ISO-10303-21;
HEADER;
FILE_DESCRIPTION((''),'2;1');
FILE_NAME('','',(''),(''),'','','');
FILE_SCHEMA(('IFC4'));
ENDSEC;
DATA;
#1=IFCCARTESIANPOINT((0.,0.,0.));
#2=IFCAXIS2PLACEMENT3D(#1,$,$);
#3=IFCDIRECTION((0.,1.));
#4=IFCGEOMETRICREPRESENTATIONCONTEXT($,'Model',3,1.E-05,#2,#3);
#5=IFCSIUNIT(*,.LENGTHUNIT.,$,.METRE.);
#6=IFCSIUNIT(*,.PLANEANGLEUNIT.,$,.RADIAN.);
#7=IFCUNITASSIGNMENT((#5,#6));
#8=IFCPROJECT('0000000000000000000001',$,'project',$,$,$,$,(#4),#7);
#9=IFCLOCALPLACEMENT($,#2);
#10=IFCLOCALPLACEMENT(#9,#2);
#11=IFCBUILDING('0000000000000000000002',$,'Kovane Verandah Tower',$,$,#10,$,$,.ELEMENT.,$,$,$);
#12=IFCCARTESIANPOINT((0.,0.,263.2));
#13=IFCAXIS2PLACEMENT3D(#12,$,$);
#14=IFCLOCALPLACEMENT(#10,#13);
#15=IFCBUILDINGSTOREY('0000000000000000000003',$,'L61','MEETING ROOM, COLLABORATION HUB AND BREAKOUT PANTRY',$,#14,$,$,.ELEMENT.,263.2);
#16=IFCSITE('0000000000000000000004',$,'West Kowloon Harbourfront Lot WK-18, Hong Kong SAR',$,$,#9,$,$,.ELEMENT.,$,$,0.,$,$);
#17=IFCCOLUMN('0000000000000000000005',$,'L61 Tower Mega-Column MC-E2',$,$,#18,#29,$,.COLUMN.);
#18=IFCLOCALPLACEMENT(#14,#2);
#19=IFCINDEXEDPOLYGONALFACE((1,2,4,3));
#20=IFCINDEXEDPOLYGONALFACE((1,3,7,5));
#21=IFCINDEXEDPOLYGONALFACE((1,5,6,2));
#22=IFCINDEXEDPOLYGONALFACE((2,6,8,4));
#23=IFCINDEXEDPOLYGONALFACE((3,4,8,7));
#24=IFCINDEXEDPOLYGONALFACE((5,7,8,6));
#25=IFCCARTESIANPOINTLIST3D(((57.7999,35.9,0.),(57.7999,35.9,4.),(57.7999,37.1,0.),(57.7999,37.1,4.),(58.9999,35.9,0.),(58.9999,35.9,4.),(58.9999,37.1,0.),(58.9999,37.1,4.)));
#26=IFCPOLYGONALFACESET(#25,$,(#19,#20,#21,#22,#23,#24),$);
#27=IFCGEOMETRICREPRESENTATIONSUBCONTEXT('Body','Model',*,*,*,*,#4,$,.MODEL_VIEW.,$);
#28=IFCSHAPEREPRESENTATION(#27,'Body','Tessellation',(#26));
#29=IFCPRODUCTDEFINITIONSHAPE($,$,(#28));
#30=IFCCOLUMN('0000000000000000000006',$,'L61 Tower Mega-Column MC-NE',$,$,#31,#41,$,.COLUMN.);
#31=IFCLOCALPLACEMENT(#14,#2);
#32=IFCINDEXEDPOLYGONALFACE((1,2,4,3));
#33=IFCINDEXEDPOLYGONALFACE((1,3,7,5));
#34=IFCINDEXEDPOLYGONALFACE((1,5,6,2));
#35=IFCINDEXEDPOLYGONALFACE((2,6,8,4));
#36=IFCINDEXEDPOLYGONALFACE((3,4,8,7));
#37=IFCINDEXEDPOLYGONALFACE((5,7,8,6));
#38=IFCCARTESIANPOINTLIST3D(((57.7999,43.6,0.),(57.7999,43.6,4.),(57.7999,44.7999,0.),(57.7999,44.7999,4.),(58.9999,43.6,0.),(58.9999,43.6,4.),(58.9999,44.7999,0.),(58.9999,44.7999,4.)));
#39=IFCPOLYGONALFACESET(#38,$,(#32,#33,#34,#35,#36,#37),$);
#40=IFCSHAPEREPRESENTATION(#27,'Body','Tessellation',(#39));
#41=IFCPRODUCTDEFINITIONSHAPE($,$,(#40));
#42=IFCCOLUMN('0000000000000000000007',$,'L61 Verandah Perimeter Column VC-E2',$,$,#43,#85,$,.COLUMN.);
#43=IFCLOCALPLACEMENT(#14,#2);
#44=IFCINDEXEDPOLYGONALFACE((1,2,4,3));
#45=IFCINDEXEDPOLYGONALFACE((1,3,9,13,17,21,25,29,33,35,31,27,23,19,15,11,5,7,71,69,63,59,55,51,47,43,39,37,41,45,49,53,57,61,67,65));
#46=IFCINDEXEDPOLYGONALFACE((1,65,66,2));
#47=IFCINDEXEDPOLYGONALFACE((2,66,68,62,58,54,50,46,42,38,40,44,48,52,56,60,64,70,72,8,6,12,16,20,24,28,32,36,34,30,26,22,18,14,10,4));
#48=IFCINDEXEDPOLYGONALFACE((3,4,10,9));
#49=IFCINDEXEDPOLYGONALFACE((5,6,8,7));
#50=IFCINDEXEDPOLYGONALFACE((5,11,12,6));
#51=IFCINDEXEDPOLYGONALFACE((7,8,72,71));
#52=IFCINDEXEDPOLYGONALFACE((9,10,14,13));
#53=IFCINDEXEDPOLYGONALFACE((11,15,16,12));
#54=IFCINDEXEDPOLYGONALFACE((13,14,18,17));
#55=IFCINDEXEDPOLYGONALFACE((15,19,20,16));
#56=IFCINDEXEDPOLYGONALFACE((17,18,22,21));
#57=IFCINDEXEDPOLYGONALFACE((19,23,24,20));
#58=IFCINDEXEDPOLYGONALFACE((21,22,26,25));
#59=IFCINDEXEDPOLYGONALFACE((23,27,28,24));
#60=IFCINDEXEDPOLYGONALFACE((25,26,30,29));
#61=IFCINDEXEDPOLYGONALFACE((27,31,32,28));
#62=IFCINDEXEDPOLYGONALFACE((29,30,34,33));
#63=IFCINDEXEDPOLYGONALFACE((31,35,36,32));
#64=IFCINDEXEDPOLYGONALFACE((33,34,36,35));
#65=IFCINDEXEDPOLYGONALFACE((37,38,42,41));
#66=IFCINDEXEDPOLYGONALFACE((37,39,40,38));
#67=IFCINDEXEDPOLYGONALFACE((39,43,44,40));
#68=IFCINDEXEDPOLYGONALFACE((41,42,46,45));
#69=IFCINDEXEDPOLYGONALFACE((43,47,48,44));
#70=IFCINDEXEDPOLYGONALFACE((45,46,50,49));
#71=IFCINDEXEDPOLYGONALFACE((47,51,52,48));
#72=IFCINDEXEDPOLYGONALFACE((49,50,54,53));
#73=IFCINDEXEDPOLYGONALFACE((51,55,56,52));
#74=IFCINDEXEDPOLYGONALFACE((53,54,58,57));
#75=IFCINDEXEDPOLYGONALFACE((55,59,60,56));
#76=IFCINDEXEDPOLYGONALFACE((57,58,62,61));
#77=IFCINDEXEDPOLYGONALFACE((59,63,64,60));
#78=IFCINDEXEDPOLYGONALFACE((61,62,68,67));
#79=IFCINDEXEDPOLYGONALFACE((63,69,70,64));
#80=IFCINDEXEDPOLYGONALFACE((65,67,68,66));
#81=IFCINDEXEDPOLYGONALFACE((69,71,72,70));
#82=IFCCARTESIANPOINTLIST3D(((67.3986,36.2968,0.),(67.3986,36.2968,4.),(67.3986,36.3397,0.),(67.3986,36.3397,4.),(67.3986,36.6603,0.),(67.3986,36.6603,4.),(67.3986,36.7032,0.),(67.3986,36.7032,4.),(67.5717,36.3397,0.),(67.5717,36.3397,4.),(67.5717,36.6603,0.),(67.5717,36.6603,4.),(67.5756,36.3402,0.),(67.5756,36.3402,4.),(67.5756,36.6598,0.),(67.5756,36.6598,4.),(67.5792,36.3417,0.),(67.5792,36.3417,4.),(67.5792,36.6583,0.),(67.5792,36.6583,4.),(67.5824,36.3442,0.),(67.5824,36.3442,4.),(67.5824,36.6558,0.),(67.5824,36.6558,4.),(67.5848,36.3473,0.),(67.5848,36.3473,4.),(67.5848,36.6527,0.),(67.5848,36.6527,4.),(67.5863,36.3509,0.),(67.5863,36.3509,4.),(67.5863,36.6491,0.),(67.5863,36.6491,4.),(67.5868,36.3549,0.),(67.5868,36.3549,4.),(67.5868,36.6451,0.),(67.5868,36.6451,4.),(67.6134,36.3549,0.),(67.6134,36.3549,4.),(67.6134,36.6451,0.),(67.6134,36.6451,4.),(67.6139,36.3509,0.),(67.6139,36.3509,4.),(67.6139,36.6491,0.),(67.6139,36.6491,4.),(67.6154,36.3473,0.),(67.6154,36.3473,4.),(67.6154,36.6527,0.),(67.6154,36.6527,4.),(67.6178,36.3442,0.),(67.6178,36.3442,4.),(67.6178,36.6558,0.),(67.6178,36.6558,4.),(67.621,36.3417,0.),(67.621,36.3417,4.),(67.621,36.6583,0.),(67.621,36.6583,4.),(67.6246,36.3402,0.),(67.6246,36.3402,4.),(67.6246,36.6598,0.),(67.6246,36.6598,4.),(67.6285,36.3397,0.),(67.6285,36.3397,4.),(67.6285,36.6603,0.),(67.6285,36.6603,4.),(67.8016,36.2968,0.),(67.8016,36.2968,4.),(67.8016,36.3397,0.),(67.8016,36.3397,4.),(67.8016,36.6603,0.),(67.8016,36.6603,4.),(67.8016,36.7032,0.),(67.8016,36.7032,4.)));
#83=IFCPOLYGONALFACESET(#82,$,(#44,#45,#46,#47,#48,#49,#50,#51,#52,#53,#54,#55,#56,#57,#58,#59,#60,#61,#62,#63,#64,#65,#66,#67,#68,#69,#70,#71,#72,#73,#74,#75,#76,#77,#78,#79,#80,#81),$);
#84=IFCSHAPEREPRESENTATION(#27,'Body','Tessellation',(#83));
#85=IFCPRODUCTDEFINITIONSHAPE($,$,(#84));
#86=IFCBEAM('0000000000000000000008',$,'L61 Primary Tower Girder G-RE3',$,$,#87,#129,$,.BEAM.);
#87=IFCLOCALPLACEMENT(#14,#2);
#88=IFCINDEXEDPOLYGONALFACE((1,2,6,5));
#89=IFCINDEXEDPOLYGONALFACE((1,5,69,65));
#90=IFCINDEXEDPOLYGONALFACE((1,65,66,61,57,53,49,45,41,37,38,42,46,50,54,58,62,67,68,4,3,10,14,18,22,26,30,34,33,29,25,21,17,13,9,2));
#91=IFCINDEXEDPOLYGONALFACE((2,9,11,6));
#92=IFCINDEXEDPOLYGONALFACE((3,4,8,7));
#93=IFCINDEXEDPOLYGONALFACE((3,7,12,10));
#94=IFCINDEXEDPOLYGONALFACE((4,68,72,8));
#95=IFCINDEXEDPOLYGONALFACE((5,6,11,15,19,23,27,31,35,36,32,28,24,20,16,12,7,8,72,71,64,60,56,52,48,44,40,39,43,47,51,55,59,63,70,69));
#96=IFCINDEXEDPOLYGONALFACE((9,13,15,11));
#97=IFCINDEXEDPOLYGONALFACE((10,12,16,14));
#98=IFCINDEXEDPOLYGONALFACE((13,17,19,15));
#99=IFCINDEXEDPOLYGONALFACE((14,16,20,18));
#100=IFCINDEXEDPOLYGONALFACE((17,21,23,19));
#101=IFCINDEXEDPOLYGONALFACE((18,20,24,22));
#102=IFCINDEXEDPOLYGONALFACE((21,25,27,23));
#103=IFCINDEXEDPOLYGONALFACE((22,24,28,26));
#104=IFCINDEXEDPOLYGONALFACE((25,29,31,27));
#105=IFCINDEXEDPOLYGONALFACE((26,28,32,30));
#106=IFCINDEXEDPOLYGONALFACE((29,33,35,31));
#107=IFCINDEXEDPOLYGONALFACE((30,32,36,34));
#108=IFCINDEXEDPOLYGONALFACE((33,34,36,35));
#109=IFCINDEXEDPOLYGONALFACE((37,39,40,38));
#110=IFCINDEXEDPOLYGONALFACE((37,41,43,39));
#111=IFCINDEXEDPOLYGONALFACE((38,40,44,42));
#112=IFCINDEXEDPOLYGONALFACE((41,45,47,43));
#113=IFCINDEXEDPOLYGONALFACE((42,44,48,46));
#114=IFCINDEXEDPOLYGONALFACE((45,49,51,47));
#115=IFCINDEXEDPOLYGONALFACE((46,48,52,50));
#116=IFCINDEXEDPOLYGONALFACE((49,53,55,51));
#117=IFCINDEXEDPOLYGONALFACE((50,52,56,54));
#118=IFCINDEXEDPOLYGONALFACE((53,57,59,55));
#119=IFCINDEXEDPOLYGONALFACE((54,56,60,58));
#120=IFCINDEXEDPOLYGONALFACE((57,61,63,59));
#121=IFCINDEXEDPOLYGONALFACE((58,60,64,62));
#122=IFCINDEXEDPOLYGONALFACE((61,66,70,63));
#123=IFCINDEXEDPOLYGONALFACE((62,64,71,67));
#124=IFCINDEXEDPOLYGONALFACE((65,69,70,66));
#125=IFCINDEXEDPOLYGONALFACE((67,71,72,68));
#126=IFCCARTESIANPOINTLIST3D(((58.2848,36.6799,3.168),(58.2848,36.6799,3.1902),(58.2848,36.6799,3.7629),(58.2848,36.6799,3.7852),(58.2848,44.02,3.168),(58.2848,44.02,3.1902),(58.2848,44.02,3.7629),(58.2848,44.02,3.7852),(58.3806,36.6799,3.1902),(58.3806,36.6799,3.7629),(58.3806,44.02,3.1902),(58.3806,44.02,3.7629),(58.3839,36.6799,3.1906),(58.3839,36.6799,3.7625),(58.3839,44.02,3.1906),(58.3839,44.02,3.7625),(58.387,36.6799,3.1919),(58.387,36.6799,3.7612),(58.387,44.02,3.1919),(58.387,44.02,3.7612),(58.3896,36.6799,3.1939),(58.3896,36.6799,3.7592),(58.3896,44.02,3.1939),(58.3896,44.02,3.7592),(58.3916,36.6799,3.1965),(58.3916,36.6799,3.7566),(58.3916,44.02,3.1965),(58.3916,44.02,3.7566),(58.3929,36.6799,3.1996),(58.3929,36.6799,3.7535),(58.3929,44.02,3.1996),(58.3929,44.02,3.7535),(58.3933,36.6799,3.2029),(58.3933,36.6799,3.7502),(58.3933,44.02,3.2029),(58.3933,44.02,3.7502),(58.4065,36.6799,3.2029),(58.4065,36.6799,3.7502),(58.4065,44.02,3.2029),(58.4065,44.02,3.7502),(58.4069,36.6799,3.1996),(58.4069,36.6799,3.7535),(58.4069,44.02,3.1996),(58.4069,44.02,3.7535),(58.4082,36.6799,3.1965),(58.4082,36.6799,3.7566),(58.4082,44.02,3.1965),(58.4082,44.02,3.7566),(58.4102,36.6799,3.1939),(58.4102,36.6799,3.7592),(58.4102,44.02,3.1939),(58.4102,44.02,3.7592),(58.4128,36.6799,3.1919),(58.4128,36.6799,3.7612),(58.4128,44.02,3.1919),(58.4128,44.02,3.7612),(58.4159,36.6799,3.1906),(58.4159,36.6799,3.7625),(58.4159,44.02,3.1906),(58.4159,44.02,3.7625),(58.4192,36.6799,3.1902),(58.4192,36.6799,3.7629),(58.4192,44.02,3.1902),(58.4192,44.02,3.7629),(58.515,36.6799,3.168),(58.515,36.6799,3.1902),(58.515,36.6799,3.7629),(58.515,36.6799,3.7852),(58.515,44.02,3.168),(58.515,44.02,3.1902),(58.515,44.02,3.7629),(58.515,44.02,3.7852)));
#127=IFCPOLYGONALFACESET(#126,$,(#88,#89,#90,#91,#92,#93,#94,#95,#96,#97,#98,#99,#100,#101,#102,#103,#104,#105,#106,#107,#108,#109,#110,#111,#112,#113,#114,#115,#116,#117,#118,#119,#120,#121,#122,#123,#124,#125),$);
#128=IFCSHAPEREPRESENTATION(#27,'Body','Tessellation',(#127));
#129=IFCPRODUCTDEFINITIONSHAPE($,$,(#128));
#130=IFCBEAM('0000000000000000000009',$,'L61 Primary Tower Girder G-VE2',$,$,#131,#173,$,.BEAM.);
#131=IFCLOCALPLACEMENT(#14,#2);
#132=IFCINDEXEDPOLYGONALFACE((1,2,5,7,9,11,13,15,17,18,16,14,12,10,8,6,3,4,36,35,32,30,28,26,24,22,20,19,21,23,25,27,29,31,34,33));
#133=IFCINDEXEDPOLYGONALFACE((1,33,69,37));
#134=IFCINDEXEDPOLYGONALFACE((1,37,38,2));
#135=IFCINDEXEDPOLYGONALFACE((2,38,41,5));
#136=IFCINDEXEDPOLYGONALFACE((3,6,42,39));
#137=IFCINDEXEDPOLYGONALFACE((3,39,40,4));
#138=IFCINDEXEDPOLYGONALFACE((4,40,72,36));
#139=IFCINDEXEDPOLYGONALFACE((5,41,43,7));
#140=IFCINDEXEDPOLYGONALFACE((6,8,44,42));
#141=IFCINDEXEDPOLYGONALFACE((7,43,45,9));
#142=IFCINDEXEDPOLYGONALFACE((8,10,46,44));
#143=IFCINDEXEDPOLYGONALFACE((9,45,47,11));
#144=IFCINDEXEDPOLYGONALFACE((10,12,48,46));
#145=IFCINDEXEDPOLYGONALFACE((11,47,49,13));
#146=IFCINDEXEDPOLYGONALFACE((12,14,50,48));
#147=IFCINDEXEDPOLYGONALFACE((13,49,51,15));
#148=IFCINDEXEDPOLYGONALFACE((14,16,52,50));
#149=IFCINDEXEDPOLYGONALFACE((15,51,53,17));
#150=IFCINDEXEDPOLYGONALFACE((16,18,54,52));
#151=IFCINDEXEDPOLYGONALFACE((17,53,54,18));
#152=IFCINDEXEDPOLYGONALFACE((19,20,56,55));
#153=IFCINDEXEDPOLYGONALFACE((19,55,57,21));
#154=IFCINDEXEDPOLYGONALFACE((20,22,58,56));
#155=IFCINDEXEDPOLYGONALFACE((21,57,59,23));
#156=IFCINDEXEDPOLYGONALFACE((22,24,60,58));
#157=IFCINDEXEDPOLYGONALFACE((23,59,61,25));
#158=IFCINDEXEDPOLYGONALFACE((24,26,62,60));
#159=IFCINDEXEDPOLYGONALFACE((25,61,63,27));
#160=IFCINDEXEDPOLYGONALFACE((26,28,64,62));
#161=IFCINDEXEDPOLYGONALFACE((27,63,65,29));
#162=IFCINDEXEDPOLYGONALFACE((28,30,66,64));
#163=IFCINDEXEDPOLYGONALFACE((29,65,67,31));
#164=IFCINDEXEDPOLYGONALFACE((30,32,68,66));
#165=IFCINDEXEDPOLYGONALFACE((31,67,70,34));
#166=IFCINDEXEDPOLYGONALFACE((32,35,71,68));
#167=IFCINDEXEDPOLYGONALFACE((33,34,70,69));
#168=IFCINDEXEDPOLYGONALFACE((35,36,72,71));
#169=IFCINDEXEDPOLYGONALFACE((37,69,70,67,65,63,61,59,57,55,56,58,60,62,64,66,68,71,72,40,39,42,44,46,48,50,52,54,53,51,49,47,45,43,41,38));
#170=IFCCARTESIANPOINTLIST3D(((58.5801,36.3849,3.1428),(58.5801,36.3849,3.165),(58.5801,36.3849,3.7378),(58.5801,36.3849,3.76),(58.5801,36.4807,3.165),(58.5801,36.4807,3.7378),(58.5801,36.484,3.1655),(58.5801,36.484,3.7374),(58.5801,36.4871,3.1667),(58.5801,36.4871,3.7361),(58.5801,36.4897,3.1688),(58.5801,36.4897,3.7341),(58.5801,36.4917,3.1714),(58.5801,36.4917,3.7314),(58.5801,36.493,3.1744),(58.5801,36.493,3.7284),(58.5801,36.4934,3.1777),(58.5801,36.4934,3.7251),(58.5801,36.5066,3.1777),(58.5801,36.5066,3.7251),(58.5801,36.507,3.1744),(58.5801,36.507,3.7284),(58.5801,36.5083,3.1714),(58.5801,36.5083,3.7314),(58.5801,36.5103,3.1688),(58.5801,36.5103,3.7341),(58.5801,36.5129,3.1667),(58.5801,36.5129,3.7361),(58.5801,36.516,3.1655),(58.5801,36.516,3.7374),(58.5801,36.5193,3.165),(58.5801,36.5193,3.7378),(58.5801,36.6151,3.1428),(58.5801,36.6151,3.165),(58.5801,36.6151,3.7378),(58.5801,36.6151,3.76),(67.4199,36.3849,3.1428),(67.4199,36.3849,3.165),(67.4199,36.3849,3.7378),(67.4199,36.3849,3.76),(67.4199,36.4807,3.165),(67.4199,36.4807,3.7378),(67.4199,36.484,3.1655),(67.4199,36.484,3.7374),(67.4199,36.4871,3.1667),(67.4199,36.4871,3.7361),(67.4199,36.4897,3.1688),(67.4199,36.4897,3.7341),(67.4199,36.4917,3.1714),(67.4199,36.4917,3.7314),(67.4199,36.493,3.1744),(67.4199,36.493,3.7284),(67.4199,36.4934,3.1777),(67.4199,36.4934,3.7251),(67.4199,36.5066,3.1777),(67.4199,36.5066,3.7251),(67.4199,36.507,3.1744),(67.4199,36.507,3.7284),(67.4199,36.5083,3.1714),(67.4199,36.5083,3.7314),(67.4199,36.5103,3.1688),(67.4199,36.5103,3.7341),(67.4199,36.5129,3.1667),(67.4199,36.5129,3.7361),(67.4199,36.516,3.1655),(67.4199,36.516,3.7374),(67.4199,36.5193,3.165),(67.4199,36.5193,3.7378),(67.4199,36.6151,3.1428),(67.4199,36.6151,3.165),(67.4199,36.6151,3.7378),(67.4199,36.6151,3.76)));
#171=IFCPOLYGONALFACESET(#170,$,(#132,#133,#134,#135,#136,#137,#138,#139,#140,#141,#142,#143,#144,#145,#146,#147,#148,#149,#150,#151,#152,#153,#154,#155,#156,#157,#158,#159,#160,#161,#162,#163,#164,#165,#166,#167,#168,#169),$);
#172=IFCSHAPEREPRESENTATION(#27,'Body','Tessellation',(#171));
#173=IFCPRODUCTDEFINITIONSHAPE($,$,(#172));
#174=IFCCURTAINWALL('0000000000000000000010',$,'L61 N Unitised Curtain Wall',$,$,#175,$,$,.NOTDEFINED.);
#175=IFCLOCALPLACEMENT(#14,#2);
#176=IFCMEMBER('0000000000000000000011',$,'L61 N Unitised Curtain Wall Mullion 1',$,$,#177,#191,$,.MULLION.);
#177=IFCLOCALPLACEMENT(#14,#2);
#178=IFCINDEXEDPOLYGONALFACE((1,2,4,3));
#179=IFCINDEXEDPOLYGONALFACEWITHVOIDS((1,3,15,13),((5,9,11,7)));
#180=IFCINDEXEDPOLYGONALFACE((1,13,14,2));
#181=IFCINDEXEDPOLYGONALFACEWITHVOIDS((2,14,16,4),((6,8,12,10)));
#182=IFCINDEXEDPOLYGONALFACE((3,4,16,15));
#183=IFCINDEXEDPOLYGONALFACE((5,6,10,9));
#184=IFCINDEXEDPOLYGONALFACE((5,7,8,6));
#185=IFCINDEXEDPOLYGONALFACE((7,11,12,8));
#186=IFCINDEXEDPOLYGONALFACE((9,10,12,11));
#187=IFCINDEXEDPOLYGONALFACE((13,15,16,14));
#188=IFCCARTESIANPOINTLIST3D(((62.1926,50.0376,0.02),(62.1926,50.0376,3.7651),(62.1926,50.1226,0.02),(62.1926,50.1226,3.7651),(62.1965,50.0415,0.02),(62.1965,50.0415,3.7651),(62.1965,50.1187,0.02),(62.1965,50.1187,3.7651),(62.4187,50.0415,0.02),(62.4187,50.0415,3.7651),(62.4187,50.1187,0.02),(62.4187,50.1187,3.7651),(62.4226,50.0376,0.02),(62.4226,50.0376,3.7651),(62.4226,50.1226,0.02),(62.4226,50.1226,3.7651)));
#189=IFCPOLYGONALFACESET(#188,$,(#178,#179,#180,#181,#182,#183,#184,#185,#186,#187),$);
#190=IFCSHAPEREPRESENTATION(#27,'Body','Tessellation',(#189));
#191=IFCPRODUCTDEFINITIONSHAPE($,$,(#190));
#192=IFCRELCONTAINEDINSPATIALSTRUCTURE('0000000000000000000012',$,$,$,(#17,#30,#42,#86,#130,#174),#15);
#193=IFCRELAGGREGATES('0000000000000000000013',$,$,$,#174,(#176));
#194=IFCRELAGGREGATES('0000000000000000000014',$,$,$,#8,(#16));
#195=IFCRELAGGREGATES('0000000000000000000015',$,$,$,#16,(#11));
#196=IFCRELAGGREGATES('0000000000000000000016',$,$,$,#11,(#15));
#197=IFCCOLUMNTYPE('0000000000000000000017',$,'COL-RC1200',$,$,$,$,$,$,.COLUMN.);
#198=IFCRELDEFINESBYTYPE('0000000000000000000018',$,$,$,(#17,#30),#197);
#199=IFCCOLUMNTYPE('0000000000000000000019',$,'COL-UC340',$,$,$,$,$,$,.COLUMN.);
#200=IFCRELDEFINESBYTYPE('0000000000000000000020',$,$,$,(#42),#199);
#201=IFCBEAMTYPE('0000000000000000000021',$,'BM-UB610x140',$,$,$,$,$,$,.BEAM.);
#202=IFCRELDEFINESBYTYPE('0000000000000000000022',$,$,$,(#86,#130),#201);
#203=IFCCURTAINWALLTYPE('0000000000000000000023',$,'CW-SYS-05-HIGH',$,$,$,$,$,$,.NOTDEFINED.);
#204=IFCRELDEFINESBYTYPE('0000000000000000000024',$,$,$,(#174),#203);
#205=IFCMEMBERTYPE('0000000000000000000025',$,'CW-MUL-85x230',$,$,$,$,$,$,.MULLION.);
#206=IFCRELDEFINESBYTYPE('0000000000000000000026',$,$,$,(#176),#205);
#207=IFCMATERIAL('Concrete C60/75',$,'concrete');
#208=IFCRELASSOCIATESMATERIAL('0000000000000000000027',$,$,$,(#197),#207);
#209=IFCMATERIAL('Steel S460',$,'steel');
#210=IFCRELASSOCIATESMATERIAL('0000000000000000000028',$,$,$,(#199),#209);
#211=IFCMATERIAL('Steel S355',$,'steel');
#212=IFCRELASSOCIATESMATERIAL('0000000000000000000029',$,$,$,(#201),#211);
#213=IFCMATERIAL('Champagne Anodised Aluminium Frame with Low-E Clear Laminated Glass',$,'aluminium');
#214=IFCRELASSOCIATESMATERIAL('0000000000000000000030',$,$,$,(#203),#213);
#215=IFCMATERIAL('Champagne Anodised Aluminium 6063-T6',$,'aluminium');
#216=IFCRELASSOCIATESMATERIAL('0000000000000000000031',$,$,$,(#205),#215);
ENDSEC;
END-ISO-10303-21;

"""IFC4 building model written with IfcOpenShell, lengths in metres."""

from ifc_helpers import new_model, si_unit, direction, frame, origin, origin_2d, place, context, subcontext, project, spatial, rectangle, hollow_rectangle, i_section, extrude, material, material_profile, profile_set, type_object, element, aggregate, save


model = new_model("IFC4")

# Units and contexts
model_context = context("Model", 3, precision=1e-05, world=origin(), true_north=direction((0.0, 1.0)))
body_context = subcontext(model_context, "Body", "Model", "MODEL_VIEW")
ifc_project = project(units=[si_unit("LENGTHUNIT", "METRE"), si_unit("PLANEANGLEUNIT", "RADIAN")], contexts=[model_context])

# Site, building, storey
site_placement = place(None, origin())
site = spatial("IfcSite", under=ifc_project, at=site_placement, Name="West Kowloon Harbourfront Lot WK-18, Hong Kong SAR", CompositionType="ELEMENT", RefElevation=0.0)
building_placement = place(site_placement, origin())
building = spatial("IfcBuilding", under=site, at=building_placement, Name="Kovane Verandah Tower", CompositionType="ELEMENT")
storey_placement = place(building_placement, frame((0.0, 0.0, 263.2)))
storey = spatial("IfcBuildingStorey", under=building, at=storey_placement, Name="L61", Description="MEETING ROOM, COLLABORATION HUB AND BREAKOUT PANTRY", CompositionType="ELEMENT", Elevation=263.2)

# Columns
ifc_material_1 = material(Name="Concrete C60/75", Category="concrete")
ifc_material_profile_1 = material_profile(ifc_material_1, rectangle(XDim=1.2, YDim=1.2, at=origin_2d()), Name="RC1200x1200")
ifc_profile_set_1 = profile_set([ifc_material_profile_1], Name="Concrete C60/75")
column_type_1 = type_object("IfcColumnType", Name="COL-RC1200", PredefinedType="COLUMN", material=ifc_profile_set_1)
for number, where, z_axis, x_axis, name in (
    (1, (58.3999, 36.5, 0.0), (0.0, 0.0, 1.0), (1.0, 0.0, 0.0), "L61 Tower Mega-Column MC-E2"),
    (2, (58.3999, 44.2, 0.0), (0.0, 0.0, 1.0), (1.0, 0.0, 0.0), "L61 Tower Mega-Column MC-NE"),
):
    element("IfcColumn", number, at=place(storey_placement, frame(where, z_axis=z_axis, x_axis=x_axis)), inside=storey, type_object=column_type_1, Name=name, PredefinedType="COLUMN", context=body_context, shape_type="SweptSolid", body=[
        extrude(rectangle(XDim=1.2, YDim=1.2, at=origin_2d()), origin(), (0.0, 0.0, 1.0), 4.0),
    ])
ifc_material_2 = material(Name="Steel S460", Category="steel")
ifc_material_profile_2 = material_profile(ifc_material_2, i_section(OverallWidth=0.4031, OverallDepth=0.4065, WebThickness=0.0266, FlangeThickness=0.043, FilletRadius=0.0151, at=origin_2d()), Name="UC356x406x340")
ifc_profile_set_2 = profile_set([ifc_material_profile_2], Name="Steel S460")
column_type_2 = type_object("IfcColumnType", Name="COL-UC340", PredefinedType="COLUMN", material=ifc_profile_set_2)
column_placement = place(storey_placement, frame((67.6001, 36.5, 0.0), z_axis=(0.0, 0.0, 1.0), x_axis=(1.0, 0.0, 0.0)))
element("IfcColumn", 3, at=column_placement, inside=storey, type_object=column_type_2, Name="L61 Verandah Perimeter Column VC-E2", PredefinedType="COLUMN", context=body_context, shape_type="SweptSolid", body=[
    extrude(i_section(OverallWidth=0.4031, OverallDepth=0.4065, WebThickness=0.0266, FlangeThickness=0.043, FilletRadius=0.0151, at=origin_2d()), origin(), (0.0, 0.0, 1.0), 4.0),
])

# Beams
ifc_material_3 = material(Name="Steel S355", Category="steel")
ifc_material_profile_3 = material_profile(ifc_material_3, i_section(OverallWidth=0.2302, OverallDepth=0.6172, WebThickness=0.0132, FlangeThickness=0.0222, FilletRadius=0.0127, at=origin_2d()), Name="UB610x229x140")
ifc_profile_set_3 = profile_set([ifc_material_profile_3], Name="Steel S355")
beam_type_1 = type_object("IfcBeamType", Name="BM-UB610x140", PredefinedType="BEAM", material=ifc_profile_set_3)
beam_1_placement = place(storey_placement, frame((58.3999, 36.6799, 3.4766), z_axis=(0.0, 1.0, 0.0), x_axis=(-1.0, 0.0, 0.0)))
element("IfcBeam", 4, at=beam_1_placement, inside=storey, type_object=beam_type_1, Name="L61 Primary Tower Girder G-RE3", PredefinedType="BEAM", context=body_context, shape_type="SweptSolid", body=[
    extrude(i_section(OverallWidth=0.2302, OverallDepth=0.6172, WebThickness=0.0132, FlangeThickness=0.0222, FilletRadius=0.0127, at=origin_2d()), origin(), (0.0, 0.0, 1.0), 7.3401),
])
beam_2_placement = place(storey_placement, frame((58.5801, 36.5, 3.4514), z_axis=(1.0, 0.0, 0.0), x_axis=(0.0, 1.0, 0.0)))
element("IfcBeam", 5, at=beam_2_placement, inside=storey, type_object=beam_type_1, Name="L61 Primary Tower Girder G-VE2", PredefinedType="BEAM", context=body_context, shape_type="SweptSolid", body=[
    extrude(i_section(OverallWidth=0.2302, OverallDepth=0.6172, WebThickness=0.0132, FlangeThickness=0.0222, FilletRadius=0.0127, at=origin_2d()), origin(), (0.0, 0.0, 1.0), 8.8398),
])

# Curtain wall, member
ifc_material_4 = material(Name="Champagne Anodised Aluminium Frame with Low-E Clear Laminated Glass", Category="aluminium")
curtain_wall_type = type_object("IfcCurtainWallType", Name="CW-SYS-05-HIGH", PredefinedType="NOTDEFINED", material=ifc_material_4)
curtain_wall_placement = place(storey_placement, origin())
curtain_wall = element("IfcCurtainWall", 6, at=curtain_wall_placement, inside=storey, type_object=curtain_wall_type, Name="L61 N Unitised Curtain Wall", PredefinedType="NOTDEFINED")
ifc_material_5 = material(Name="Champagne Anodised Aluminium 6063-T6", Category="aluminium")
ifc_material_profile_4 = material_profile(ifc_material_5, hollow_rectangle(XDim=0.085, YDim=0.23, WallThickness=0.0039, at=origin_2d()), Name="AL85x230x4")
ifc_profile_set_4 = profile_set([ifc_material_profile_4], Name="Champagne Anodised Aluminium 6063-T6")
member_type_1 = type_object("IfcMemberType", Name="CW-MUL-85x230", PredefinedType="MULLION", material=ifc_profile_set_4)
member_1_placement = place(storey_placement, frame((62.3076, 50.0801, 0.02), z_axis=(0.0, 0.0, 1.0), x_axis=(0.0, 1.0, 0.0)))
member_1 = element("IfcMember", 7, at=member_1_placement, type_object=member_type_1, Name="L61 N Unitised Curtain Wall Mullion 1", PredefinedType="MULLION", context=body_context, shape_type="SweptSolid", body=[
    extrude(hollow_rectangle(XDim=0.085, YDim=0.23, WallThickness=0.0039, at=origin_2d()), origin(), (0.0, 0.0, 1.0), 3.7451),
])

aggregate(curtain_wall, [member_1])

save(model, "model.ifc")
